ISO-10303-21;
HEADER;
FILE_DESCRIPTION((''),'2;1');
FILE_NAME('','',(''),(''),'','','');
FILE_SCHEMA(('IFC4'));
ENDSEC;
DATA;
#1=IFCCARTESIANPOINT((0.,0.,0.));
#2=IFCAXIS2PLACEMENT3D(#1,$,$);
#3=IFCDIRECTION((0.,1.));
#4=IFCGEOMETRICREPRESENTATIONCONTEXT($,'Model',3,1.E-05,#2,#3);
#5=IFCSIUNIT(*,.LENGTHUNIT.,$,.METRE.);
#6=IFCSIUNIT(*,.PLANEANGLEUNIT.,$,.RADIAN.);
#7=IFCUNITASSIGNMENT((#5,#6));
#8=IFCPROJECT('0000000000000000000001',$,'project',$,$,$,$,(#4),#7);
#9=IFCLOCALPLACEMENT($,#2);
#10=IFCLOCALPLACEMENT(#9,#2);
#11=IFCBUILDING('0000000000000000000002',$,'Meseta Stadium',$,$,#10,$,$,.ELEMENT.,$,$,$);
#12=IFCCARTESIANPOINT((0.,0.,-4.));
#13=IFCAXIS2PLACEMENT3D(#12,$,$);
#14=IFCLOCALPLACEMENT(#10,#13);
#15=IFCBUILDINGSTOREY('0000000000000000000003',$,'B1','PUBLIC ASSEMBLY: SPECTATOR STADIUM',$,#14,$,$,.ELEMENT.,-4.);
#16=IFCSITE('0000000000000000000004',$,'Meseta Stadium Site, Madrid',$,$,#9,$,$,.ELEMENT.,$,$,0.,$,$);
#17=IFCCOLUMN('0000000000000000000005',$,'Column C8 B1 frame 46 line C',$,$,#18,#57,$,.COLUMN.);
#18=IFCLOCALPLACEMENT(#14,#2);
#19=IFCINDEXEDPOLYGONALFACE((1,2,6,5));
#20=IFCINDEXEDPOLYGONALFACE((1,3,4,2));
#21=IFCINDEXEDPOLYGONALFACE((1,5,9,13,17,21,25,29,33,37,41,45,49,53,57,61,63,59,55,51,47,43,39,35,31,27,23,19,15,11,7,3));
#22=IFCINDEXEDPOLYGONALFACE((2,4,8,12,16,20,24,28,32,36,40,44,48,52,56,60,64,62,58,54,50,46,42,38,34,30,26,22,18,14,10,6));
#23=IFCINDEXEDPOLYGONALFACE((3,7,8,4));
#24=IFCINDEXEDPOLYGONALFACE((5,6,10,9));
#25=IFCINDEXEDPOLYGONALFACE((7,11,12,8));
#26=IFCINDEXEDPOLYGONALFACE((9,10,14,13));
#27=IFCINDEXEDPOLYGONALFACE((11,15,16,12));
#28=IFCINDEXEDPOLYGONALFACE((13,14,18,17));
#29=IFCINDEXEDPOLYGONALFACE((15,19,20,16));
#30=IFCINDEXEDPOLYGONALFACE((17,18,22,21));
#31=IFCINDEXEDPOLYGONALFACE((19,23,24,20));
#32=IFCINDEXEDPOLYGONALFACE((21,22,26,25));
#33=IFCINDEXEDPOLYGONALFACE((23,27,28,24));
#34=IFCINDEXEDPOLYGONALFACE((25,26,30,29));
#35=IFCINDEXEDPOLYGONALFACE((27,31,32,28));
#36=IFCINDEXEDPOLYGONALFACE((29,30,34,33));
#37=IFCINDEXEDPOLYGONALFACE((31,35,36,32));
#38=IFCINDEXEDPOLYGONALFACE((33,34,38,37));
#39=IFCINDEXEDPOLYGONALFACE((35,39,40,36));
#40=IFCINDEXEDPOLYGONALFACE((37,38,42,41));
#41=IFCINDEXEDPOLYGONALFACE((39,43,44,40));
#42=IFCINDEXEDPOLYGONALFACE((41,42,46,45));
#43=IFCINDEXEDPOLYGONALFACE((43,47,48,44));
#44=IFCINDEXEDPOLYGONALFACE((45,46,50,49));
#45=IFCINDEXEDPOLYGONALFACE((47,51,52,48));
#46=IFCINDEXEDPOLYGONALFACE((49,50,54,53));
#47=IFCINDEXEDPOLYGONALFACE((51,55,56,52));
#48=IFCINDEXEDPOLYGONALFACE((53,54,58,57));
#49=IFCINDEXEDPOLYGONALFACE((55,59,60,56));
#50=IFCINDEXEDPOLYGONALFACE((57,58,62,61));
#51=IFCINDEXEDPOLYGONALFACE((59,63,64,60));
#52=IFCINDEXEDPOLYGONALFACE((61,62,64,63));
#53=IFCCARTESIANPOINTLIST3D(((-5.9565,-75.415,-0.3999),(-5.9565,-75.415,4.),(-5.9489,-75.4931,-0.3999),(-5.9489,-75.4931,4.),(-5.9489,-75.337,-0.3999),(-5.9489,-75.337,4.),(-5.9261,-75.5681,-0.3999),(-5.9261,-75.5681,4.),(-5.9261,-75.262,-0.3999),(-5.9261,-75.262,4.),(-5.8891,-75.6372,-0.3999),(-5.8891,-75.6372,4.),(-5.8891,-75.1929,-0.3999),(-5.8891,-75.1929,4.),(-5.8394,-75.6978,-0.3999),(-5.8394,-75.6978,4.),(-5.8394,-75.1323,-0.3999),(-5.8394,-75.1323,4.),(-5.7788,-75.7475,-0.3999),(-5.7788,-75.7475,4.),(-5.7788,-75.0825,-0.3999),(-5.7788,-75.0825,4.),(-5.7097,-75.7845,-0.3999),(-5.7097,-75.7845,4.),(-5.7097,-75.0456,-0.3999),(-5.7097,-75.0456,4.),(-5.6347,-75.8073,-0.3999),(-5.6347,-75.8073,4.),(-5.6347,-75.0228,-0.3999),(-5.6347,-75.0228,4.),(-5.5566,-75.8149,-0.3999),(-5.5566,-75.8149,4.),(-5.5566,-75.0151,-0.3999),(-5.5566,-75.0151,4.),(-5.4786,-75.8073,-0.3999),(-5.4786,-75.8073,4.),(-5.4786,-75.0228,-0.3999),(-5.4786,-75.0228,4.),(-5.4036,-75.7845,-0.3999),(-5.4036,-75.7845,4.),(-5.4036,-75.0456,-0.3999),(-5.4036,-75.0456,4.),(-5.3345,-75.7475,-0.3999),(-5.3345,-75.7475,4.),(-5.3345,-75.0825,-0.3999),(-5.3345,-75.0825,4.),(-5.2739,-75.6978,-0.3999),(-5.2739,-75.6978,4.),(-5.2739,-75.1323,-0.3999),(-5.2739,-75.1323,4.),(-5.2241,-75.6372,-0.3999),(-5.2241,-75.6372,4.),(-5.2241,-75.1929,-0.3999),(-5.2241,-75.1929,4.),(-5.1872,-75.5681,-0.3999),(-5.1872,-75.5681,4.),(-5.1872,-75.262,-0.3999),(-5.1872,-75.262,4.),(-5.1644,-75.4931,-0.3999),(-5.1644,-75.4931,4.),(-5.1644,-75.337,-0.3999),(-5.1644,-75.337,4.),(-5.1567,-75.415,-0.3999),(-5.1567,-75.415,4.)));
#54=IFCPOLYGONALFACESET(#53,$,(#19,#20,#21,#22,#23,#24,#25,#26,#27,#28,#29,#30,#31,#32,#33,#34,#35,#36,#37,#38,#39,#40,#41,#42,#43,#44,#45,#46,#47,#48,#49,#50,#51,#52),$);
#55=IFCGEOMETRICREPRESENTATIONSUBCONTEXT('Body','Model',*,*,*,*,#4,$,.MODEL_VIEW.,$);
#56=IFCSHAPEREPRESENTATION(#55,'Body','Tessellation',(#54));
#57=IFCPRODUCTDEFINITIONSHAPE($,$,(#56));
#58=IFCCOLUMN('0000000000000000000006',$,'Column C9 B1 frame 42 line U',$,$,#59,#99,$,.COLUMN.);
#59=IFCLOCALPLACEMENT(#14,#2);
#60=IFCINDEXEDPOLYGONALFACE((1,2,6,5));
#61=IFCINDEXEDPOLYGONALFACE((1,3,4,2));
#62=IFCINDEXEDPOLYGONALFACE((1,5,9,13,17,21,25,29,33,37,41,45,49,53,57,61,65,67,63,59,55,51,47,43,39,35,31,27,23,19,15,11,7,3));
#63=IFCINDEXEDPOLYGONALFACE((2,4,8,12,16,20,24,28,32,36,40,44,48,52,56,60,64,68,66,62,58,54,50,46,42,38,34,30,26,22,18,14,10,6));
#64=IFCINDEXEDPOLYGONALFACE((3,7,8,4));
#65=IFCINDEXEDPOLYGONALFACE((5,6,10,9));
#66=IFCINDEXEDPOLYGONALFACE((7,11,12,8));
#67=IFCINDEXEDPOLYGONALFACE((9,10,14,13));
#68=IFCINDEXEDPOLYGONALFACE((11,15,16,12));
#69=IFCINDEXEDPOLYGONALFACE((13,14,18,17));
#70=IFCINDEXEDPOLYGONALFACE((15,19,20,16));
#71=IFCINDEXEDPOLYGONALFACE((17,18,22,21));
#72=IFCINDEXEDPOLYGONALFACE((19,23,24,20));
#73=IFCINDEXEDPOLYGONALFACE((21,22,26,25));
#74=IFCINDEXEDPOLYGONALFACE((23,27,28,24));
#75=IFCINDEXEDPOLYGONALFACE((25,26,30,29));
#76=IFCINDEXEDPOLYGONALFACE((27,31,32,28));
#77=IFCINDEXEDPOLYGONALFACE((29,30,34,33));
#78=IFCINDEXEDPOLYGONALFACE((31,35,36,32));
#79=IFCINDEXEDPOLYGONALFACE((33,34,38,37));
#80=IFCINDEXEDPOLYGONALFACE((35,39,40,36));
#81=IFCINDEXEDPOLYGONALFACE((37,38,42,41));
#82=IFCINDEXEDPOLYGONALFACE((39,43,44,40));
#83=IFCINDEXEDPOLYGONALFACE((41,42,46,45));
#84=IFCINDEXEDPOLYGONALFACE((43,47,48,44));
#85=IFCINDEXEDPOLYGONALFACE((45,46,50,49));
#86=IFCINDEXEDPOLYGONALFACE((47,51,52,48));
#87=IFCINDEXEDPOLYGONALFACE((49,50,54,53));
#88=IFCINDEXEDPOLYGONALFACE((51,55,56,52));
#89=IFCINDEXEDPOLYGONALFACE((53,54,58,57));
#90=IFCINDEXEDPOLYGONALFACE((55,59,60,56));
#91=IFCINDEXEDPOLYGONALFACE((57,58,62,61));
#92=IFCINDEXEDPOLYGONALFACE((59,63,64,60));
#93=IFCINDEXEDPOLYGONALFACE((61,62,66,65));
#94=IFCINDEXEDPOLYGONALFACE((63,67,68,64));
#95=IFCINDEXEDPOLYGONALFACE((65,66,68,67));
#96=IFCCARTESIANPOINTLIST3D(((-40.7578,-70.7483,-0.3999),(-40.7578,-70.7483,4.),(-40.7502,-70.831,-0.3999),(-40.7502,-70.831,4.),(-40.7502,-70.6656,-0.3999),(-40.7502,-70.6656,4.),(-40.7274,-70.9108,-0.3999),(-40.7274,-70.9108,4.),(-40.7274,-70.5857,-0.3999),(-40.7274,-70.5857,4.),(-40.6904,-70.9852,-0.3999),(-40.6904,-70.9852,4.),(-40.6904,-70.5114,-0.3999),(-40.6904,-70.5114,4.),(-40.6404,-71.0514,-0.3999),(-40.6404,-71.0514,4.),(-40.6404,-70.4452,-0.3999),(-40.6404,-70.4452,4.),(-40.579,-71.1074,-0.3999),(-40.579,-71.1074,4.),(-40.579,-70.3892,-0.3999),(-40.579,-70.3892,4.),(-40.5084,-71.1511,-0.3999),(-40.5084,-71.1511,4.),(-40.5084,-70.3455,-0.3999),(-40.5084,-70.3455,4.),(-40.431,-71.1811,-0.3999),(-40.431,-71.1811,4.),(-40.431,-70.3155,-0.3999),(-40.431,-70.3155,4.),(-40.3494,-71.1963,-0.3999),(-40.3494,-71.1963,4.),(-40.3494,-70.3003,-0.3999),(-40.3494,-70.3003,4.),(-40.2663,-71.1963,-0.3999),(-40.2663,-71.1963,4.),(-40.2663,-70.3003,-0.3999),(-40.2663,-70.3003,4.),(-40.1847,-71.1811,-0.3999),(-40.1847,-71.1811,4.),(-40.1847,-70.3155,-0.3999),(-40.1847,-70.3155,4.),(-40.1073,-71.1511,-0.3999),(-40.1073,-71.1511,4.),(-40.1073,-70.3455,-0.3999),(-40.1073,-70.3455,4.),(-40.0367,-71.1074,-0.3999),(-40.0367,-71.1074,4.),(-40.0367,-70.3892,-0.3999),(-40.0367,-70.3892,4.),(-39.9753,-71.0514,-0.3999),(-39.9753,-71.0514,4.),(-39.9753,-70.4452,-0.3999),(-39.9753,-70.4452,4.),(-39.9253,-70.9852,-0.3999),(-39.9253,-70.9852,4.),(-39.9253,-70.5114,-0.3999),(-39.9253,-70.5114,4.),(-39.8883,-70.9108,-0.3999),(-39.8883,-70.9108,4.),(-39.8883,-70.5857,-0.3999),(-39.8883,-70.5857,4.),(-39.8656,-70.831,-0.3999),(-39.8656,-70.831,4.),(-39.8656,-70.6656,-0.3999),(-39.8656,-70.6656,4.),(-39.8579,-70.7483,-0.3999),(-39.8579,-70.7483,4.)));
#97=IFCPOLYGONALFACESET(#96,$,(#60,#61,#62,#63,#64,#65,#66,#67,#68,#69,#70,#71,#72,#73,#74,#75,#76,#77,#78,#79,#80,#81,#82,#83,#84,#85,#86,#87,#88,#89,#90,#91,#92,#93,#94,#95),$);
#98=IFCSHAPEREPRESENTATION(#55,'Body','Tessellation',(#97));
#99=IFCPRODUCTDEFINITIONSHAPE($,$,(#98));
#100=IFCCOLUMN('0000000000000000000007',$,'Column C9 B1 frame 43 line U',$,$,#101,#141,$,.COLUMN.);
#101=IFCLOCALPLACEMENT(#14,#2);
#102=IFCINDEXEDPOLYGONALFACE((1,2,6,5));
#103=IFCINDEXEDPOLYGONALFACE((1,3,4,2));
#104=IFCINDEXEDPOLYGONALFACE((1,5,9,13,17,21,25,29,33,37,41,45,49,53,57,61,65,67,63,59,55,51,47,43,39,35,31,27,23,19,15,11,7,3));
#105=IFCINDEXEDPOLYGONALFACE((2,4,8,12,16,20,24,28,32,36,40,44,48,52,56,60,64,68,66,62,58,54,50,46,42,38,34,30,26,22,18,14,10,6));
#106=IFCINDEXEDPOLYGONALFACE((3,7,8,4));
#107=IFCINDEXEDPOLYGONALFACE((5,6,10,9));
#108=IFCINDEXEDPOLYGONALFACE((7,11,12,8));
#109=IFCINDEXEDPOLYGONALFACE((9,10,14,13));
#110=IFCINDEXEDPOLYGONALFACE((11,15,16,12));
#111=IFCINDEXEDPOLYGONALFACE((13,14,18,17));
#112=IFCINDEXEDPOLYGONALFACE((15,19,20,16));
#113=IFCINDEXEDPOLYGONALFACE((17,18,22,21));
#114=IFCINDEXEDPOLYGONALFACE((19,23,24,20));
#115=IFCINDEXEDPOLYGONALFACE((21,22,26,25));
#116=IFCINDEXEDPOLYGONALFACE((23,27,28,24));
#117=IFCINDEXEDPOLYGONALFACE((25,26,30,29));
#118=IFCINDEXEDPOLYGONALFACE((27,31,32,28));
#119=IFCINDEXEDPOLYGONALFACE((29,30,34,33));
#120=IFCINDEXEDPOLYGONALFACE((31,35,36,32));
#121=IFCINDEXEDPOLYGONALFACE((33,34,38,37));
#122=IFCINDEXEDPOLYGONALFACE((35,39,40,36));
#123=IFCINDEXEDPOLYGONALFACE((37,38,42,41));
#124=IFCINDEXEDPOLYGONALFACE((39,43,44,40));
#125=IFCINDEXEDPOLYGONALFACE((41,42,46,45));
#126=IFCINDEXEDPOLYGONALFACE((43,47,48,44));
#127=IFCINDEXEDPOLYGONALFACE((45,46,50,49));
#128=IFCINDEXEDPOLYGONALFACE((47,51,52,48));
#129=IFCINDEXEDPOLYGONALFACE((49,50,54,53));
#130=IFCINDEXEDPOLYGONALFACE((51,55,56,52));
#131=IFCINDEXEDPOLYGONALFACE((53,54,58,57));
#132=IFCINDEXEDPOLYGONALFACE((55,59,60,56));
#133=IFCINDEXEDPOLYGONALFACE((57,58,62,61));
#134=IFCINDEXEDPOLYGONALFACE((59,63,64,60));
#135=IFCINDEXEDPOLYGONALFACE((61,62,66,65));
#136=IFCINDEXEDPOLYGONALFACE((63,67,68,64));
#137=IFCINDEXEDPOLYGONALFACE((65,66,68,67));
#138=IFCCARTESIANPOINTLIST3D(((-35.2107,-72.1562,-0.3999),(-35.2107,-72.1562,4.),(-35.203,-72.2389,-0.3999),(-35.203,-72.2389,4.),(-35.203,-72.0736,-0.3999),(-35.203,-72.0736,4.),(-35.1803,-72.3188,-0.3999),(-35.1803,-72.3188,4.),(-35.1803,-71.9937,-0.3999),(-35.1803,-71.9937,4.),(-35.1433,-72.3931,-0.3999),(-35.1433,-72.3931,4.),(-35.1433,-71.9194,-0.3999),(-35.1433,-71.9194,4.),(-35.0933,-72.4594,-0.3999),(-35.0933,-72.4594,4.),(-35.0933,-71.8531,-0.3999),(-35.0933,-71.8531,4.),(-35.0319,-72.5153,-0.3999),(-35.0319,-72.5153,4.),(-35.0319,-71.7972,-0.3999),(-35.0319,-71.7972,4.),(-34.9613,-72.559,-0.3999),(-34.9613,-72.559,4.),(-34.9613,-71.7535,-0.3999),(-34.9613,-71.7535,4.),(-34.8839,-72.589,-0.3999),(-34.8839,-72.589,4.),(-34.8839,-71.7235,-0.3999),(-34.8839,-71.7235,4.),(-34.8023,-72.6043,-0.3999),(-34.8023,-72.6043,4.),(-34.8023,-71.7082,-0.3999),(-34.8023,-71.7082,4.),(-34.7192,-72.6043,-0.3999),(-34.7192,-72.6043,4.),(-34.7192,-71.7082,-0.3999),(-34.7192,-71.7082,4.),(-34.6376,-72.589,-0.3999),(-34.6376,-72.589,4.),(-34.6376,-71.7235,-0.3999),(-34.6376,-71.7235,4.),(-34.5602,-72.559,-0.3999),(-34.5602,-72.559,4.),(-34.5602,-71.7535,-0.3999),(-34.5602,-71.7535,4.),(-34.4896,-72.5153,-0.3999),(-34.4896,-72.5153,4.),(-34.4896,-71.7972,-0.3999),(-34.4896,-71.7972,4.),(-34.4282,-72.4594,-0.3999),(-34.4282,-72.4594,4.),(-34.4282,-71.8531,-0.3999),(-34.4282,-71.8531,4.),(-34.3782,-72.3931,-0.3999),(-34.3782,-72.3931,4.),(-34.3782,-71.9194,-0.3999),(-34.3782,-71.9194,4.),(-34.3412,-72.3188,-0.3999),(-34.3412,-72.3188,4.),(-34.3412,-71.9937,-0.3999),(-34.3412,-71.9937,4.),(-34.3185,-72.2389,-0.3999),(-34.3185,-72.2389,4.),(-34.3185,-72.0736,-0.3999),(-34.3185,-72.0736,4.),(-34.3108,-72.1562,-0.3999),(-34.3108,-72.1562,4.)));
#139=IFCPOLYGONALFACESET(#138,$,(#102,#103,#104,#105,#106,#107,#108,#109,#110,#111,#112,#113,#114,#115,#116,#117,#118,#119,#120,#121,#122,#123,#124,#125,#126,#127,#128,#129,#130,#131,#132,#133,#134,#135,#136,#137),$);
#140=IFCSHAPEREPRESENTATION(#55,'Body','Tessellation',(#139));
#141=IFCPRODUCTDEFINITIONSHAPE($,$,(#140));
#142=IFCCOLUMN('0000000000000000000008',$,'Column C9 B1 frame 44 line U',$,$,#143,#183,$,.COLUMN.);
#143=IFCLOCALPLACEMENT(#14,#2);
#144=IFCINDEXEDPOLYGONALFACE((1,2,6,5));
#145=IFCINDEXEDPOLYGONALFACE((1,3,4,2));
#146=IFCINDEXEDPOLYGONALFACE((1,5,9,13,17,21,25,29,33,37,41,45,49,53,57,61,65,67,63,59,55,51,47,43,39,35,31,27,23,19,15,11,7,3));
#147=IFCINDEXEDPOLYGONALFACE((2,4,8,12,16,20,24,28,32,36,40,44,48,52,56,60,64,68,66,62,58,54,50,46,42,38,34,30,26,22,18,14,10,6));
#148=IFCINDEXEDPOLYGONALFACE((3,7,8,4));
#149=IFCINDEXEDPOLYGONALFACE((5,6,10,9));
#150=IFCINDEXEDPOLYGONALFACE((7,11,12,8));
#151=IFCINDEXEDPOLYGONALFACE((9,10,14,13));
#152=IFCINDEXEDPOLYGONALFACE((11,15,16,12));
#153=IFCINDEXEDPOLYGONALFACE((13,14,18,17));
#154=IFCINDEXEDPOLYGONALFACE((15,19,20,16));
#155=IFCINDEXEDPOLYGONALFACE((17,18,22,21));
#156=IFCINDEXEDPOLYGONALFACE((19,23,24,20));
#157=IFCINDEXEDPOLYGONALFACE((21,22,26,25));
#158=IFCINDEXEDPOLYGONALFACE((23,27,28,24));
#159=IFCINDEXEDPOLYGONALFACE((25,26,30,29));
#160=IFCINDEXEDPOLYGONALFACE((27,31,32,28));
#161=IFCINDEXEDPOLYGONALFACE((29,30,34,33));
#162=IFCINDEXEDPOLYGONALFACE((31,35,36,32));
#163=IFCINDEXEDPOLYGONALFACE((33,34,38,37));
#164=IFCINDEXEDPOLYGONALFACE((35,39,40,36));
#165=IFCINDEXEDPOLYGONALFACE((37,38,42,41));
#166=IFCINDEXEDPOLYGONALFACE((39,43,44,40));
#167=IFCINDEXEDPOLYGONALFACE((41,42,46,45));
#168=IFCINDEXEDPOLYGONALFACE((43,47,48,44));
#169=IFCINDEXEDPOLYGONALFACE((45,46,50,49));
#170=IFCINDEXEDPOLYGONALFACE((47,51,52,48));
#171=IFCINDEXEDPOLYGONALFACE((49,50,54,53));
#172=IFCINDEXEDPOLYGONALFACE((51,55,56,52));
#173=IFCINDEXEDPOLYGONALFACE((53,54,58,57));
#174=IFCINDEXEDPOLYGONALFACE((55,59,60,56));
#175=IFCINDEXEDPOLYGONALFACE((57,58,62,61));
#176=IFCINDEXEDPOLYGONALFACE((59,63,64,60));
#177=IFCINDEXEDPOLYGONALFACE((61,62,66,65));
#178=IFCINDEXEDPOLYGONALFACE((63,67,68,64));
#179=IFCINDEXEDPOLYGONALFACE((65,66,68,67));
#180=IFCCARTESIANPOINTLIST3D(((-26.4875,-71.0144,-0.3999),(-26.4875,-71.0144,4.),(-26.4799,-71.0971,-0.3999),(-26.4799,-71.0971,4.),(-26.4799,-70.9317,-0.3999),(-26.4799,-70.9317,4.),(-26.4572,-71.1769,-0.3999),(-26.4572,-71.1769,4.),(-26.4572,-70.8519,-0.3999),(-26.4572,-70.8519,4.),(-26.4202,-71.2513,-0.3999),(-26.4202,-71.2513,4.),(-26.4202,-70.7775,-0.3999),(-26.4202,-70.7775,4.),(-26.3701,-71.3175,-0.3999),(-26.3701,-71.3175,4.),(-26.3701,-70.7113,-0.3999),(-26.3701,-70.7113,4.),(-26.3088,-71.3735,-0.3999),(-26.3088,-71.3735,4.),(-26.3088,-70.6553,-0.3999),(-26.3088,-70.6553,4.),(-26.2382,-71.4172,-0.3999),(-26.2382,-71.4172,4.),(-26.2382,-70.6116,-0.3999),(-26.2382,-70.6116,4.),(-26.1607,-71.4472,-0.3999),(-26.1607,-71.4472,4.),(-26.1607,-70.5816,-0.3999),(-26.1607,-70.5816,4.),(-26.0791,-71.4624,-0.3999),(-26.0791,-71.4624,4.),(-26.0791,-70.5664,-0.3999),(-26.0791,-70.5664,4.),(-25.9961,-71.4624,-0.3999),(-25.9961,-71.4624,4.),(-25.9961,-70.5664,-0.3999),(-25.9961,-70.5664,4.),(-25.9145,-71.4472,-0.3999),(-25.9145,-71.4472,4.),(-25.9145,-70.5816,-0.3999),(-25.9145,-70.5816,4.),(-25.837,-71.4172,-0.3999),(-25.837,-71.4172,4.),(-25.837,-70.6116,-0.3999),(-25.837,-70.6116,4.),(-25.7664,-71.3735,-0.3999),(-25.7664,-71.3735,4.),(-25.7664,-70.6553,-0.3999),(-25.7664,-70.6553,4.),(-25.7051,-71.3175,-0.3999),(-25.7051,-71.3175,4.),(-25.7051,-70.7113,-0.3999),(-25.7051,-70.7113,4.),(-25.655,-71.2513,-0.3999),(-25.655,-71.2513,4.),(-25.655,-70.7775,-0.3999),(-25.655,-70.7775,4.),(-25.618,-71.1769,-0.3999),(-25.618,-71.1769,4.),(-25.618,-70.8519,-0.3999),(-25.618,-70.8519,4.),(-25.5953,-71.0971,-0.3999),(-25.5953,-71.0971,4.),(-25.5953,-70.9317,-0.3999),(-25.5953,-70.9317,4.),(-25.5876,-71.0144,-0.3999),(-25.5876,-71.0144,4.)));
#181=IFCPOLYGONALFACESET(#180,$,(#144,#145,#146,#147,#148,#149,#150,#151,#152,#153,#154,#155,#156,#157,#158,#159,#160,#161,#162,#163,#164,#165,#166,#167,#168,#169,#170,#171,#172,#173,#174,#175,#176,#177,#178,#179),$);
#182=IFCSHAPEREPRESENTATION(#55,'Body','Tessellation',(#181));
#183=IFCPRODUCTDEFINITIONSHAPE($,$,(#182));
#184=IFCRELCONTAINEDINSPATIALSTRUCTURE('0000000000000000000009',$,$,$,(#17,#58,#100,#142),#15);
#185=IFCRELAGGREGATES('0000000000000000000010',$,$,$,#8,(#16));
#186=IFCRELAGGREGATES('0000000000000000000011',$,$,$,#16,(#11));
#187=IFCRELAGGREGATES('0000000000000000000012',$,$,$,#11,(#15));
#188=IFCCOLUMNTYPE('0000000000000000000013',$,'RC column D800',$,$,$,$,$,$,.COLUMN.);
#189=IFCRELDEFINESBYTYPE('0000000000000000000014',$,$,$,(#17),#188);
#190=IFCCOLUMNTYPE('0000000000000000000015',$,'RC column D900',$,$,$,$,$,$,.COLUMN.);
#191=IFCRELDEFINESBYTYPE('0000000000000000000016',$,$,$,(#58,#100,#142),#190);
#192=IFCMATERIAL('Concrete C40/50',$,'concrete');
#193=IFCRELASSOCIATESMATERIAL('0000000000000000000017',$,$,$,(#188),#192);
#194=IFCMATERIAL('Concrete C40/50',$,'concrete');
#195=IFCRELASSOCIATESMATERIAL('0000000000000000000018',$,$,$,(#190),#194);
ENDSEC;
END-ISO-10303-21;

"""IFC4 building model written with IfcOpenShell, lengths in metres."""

from ifc_helpers import new_model, si_unit, direction, frame, origin, origin_2d, place, context, subcontext, project, spatial, circle, extrude, material, material_profile, profile_set, type_object, element, save


model = new_model("IFC4")

# Units and contexts
model_context = context("Model", 3, precision=1e-05, world=origin(), true_north=direction((0.0, 1.0)))
body_context = subcontext(model_context, "Body", "Model", "MODEL_VIEW")
ifc_project = project(units=[si_unit("LENGTHUNIT", "METRE"), si_unit("PLANEANGLEUNIT", "RADIAN")], contexts=[model_context])

# Site, building, storey
site_placement = place(None, origin())
site = spatial("IfcSite", under=ifc_project, at=site_placement, Name="Meseta Stadium Site, Madrid", CompositionType="ELEMENT", RefElevation=0.0)
building_placement = place(site_placement, origin())
building = spatial("IfcBuilding", under=site, at=building_placement, Name="Meseta Stadium", CompositionType="ELEMENT")
storey_placement = place(building_placement, frame((0.0, 0.0, -4.0)))
storey = spatial("IfcBuildingStorey", under=building, at=storey_placement, Name="B1", Description="PUBLIC ASSEMBLY: SPECTATOR STADIUM", CompositionType="ELEMENT", Elevation=-4.0)

# Columns
ifc_material_1 = material(Name="Concrete C40/50", Category="concrete")
ifc_material_profile_1 = material_profile(ifc_material_1, circle(Radius=0.3999, at=origin_2d()), Name="RC D800")
ifc_profile_set_1 = profile_set([ifc_material_profile_1], Name="Concrete C40/50")
column_type_1 = type_object("IfcColumnType", Name="RC column D800", PredefinedType="COLUMN", material=ifc_profile_set_1)
for number, where, z_axis, x_axis, name in (
    (1, (-5.5566, -75.415, -0.3999), (0.0, 0.0, 1.0), (1.0, 0.0, 0.0), "Column C8 B1 frame 46 line C"),
):
    element("IfcColumn", number, at=place(storey_placement, frame(where, z_axis=z_axis, x_axis=x_axis)), inside=storey, type_object=column_type_1, Name=name, PredefinedType="COLUMN", context=body_context, shape_type="SweptSolid", body=[
        extrude(circle(Radius=0.3999, at=origin_2d()), origin(), (0.0, 0.0, 1.0), 4.3999),
    ])
ifc_material_2 = material(Name="Concrete C40/50", Category="concrete")
ifc_material_profile_2 = material_profile(ifc_material_2, circle(Radius=0.45, at=origin_2d()), Name="RC D900")
ifc_profile_set_2 = profile_set([ifc_material_profile_2], Name="Concrete C40/50")
column_type_2 = type_object("IfcColumnType", Name="RC column D900", PredefinedType="COLUMN", material=ifc_profile_set_2)
for number, where, z_axis, x_axis, name in (
    (2, (-40.3079, -70.7483, -0.3999), (0.0, 0.0, 1.0), (1.0, 0.0, 0.0), "Column C9 B1 frame 42 line U"),
    (3, (-34.7607, -72.1562, -0.3999), (0.0, 0.0, 1.0), (1.0, 0.0, 0.0), "Column C9 B1 frame 43 line U"),
    (4, (-26.0376, -71.0144, -0.3999), (0.0, 0.0, 1.0), (1.0, 0.0, 0.0), "Column C9 B1 frame 44 line U"),
):
    element("IfcColumn", number, at=place(storey_placement, frame(where, z_axis=z_axis, x_axis=x_axis)), inside=storey, type_object=column_type_2, Name=name, PredefinedType="COLUMN", context=body_context, shape_type="SweptSolid", body=[
        extrude(circle(Radius=0.45, at=origin_2d()), origin(), (0.0, 0.0, 1.0), 4.3999),
    ])

save(model, "model.ifc")
